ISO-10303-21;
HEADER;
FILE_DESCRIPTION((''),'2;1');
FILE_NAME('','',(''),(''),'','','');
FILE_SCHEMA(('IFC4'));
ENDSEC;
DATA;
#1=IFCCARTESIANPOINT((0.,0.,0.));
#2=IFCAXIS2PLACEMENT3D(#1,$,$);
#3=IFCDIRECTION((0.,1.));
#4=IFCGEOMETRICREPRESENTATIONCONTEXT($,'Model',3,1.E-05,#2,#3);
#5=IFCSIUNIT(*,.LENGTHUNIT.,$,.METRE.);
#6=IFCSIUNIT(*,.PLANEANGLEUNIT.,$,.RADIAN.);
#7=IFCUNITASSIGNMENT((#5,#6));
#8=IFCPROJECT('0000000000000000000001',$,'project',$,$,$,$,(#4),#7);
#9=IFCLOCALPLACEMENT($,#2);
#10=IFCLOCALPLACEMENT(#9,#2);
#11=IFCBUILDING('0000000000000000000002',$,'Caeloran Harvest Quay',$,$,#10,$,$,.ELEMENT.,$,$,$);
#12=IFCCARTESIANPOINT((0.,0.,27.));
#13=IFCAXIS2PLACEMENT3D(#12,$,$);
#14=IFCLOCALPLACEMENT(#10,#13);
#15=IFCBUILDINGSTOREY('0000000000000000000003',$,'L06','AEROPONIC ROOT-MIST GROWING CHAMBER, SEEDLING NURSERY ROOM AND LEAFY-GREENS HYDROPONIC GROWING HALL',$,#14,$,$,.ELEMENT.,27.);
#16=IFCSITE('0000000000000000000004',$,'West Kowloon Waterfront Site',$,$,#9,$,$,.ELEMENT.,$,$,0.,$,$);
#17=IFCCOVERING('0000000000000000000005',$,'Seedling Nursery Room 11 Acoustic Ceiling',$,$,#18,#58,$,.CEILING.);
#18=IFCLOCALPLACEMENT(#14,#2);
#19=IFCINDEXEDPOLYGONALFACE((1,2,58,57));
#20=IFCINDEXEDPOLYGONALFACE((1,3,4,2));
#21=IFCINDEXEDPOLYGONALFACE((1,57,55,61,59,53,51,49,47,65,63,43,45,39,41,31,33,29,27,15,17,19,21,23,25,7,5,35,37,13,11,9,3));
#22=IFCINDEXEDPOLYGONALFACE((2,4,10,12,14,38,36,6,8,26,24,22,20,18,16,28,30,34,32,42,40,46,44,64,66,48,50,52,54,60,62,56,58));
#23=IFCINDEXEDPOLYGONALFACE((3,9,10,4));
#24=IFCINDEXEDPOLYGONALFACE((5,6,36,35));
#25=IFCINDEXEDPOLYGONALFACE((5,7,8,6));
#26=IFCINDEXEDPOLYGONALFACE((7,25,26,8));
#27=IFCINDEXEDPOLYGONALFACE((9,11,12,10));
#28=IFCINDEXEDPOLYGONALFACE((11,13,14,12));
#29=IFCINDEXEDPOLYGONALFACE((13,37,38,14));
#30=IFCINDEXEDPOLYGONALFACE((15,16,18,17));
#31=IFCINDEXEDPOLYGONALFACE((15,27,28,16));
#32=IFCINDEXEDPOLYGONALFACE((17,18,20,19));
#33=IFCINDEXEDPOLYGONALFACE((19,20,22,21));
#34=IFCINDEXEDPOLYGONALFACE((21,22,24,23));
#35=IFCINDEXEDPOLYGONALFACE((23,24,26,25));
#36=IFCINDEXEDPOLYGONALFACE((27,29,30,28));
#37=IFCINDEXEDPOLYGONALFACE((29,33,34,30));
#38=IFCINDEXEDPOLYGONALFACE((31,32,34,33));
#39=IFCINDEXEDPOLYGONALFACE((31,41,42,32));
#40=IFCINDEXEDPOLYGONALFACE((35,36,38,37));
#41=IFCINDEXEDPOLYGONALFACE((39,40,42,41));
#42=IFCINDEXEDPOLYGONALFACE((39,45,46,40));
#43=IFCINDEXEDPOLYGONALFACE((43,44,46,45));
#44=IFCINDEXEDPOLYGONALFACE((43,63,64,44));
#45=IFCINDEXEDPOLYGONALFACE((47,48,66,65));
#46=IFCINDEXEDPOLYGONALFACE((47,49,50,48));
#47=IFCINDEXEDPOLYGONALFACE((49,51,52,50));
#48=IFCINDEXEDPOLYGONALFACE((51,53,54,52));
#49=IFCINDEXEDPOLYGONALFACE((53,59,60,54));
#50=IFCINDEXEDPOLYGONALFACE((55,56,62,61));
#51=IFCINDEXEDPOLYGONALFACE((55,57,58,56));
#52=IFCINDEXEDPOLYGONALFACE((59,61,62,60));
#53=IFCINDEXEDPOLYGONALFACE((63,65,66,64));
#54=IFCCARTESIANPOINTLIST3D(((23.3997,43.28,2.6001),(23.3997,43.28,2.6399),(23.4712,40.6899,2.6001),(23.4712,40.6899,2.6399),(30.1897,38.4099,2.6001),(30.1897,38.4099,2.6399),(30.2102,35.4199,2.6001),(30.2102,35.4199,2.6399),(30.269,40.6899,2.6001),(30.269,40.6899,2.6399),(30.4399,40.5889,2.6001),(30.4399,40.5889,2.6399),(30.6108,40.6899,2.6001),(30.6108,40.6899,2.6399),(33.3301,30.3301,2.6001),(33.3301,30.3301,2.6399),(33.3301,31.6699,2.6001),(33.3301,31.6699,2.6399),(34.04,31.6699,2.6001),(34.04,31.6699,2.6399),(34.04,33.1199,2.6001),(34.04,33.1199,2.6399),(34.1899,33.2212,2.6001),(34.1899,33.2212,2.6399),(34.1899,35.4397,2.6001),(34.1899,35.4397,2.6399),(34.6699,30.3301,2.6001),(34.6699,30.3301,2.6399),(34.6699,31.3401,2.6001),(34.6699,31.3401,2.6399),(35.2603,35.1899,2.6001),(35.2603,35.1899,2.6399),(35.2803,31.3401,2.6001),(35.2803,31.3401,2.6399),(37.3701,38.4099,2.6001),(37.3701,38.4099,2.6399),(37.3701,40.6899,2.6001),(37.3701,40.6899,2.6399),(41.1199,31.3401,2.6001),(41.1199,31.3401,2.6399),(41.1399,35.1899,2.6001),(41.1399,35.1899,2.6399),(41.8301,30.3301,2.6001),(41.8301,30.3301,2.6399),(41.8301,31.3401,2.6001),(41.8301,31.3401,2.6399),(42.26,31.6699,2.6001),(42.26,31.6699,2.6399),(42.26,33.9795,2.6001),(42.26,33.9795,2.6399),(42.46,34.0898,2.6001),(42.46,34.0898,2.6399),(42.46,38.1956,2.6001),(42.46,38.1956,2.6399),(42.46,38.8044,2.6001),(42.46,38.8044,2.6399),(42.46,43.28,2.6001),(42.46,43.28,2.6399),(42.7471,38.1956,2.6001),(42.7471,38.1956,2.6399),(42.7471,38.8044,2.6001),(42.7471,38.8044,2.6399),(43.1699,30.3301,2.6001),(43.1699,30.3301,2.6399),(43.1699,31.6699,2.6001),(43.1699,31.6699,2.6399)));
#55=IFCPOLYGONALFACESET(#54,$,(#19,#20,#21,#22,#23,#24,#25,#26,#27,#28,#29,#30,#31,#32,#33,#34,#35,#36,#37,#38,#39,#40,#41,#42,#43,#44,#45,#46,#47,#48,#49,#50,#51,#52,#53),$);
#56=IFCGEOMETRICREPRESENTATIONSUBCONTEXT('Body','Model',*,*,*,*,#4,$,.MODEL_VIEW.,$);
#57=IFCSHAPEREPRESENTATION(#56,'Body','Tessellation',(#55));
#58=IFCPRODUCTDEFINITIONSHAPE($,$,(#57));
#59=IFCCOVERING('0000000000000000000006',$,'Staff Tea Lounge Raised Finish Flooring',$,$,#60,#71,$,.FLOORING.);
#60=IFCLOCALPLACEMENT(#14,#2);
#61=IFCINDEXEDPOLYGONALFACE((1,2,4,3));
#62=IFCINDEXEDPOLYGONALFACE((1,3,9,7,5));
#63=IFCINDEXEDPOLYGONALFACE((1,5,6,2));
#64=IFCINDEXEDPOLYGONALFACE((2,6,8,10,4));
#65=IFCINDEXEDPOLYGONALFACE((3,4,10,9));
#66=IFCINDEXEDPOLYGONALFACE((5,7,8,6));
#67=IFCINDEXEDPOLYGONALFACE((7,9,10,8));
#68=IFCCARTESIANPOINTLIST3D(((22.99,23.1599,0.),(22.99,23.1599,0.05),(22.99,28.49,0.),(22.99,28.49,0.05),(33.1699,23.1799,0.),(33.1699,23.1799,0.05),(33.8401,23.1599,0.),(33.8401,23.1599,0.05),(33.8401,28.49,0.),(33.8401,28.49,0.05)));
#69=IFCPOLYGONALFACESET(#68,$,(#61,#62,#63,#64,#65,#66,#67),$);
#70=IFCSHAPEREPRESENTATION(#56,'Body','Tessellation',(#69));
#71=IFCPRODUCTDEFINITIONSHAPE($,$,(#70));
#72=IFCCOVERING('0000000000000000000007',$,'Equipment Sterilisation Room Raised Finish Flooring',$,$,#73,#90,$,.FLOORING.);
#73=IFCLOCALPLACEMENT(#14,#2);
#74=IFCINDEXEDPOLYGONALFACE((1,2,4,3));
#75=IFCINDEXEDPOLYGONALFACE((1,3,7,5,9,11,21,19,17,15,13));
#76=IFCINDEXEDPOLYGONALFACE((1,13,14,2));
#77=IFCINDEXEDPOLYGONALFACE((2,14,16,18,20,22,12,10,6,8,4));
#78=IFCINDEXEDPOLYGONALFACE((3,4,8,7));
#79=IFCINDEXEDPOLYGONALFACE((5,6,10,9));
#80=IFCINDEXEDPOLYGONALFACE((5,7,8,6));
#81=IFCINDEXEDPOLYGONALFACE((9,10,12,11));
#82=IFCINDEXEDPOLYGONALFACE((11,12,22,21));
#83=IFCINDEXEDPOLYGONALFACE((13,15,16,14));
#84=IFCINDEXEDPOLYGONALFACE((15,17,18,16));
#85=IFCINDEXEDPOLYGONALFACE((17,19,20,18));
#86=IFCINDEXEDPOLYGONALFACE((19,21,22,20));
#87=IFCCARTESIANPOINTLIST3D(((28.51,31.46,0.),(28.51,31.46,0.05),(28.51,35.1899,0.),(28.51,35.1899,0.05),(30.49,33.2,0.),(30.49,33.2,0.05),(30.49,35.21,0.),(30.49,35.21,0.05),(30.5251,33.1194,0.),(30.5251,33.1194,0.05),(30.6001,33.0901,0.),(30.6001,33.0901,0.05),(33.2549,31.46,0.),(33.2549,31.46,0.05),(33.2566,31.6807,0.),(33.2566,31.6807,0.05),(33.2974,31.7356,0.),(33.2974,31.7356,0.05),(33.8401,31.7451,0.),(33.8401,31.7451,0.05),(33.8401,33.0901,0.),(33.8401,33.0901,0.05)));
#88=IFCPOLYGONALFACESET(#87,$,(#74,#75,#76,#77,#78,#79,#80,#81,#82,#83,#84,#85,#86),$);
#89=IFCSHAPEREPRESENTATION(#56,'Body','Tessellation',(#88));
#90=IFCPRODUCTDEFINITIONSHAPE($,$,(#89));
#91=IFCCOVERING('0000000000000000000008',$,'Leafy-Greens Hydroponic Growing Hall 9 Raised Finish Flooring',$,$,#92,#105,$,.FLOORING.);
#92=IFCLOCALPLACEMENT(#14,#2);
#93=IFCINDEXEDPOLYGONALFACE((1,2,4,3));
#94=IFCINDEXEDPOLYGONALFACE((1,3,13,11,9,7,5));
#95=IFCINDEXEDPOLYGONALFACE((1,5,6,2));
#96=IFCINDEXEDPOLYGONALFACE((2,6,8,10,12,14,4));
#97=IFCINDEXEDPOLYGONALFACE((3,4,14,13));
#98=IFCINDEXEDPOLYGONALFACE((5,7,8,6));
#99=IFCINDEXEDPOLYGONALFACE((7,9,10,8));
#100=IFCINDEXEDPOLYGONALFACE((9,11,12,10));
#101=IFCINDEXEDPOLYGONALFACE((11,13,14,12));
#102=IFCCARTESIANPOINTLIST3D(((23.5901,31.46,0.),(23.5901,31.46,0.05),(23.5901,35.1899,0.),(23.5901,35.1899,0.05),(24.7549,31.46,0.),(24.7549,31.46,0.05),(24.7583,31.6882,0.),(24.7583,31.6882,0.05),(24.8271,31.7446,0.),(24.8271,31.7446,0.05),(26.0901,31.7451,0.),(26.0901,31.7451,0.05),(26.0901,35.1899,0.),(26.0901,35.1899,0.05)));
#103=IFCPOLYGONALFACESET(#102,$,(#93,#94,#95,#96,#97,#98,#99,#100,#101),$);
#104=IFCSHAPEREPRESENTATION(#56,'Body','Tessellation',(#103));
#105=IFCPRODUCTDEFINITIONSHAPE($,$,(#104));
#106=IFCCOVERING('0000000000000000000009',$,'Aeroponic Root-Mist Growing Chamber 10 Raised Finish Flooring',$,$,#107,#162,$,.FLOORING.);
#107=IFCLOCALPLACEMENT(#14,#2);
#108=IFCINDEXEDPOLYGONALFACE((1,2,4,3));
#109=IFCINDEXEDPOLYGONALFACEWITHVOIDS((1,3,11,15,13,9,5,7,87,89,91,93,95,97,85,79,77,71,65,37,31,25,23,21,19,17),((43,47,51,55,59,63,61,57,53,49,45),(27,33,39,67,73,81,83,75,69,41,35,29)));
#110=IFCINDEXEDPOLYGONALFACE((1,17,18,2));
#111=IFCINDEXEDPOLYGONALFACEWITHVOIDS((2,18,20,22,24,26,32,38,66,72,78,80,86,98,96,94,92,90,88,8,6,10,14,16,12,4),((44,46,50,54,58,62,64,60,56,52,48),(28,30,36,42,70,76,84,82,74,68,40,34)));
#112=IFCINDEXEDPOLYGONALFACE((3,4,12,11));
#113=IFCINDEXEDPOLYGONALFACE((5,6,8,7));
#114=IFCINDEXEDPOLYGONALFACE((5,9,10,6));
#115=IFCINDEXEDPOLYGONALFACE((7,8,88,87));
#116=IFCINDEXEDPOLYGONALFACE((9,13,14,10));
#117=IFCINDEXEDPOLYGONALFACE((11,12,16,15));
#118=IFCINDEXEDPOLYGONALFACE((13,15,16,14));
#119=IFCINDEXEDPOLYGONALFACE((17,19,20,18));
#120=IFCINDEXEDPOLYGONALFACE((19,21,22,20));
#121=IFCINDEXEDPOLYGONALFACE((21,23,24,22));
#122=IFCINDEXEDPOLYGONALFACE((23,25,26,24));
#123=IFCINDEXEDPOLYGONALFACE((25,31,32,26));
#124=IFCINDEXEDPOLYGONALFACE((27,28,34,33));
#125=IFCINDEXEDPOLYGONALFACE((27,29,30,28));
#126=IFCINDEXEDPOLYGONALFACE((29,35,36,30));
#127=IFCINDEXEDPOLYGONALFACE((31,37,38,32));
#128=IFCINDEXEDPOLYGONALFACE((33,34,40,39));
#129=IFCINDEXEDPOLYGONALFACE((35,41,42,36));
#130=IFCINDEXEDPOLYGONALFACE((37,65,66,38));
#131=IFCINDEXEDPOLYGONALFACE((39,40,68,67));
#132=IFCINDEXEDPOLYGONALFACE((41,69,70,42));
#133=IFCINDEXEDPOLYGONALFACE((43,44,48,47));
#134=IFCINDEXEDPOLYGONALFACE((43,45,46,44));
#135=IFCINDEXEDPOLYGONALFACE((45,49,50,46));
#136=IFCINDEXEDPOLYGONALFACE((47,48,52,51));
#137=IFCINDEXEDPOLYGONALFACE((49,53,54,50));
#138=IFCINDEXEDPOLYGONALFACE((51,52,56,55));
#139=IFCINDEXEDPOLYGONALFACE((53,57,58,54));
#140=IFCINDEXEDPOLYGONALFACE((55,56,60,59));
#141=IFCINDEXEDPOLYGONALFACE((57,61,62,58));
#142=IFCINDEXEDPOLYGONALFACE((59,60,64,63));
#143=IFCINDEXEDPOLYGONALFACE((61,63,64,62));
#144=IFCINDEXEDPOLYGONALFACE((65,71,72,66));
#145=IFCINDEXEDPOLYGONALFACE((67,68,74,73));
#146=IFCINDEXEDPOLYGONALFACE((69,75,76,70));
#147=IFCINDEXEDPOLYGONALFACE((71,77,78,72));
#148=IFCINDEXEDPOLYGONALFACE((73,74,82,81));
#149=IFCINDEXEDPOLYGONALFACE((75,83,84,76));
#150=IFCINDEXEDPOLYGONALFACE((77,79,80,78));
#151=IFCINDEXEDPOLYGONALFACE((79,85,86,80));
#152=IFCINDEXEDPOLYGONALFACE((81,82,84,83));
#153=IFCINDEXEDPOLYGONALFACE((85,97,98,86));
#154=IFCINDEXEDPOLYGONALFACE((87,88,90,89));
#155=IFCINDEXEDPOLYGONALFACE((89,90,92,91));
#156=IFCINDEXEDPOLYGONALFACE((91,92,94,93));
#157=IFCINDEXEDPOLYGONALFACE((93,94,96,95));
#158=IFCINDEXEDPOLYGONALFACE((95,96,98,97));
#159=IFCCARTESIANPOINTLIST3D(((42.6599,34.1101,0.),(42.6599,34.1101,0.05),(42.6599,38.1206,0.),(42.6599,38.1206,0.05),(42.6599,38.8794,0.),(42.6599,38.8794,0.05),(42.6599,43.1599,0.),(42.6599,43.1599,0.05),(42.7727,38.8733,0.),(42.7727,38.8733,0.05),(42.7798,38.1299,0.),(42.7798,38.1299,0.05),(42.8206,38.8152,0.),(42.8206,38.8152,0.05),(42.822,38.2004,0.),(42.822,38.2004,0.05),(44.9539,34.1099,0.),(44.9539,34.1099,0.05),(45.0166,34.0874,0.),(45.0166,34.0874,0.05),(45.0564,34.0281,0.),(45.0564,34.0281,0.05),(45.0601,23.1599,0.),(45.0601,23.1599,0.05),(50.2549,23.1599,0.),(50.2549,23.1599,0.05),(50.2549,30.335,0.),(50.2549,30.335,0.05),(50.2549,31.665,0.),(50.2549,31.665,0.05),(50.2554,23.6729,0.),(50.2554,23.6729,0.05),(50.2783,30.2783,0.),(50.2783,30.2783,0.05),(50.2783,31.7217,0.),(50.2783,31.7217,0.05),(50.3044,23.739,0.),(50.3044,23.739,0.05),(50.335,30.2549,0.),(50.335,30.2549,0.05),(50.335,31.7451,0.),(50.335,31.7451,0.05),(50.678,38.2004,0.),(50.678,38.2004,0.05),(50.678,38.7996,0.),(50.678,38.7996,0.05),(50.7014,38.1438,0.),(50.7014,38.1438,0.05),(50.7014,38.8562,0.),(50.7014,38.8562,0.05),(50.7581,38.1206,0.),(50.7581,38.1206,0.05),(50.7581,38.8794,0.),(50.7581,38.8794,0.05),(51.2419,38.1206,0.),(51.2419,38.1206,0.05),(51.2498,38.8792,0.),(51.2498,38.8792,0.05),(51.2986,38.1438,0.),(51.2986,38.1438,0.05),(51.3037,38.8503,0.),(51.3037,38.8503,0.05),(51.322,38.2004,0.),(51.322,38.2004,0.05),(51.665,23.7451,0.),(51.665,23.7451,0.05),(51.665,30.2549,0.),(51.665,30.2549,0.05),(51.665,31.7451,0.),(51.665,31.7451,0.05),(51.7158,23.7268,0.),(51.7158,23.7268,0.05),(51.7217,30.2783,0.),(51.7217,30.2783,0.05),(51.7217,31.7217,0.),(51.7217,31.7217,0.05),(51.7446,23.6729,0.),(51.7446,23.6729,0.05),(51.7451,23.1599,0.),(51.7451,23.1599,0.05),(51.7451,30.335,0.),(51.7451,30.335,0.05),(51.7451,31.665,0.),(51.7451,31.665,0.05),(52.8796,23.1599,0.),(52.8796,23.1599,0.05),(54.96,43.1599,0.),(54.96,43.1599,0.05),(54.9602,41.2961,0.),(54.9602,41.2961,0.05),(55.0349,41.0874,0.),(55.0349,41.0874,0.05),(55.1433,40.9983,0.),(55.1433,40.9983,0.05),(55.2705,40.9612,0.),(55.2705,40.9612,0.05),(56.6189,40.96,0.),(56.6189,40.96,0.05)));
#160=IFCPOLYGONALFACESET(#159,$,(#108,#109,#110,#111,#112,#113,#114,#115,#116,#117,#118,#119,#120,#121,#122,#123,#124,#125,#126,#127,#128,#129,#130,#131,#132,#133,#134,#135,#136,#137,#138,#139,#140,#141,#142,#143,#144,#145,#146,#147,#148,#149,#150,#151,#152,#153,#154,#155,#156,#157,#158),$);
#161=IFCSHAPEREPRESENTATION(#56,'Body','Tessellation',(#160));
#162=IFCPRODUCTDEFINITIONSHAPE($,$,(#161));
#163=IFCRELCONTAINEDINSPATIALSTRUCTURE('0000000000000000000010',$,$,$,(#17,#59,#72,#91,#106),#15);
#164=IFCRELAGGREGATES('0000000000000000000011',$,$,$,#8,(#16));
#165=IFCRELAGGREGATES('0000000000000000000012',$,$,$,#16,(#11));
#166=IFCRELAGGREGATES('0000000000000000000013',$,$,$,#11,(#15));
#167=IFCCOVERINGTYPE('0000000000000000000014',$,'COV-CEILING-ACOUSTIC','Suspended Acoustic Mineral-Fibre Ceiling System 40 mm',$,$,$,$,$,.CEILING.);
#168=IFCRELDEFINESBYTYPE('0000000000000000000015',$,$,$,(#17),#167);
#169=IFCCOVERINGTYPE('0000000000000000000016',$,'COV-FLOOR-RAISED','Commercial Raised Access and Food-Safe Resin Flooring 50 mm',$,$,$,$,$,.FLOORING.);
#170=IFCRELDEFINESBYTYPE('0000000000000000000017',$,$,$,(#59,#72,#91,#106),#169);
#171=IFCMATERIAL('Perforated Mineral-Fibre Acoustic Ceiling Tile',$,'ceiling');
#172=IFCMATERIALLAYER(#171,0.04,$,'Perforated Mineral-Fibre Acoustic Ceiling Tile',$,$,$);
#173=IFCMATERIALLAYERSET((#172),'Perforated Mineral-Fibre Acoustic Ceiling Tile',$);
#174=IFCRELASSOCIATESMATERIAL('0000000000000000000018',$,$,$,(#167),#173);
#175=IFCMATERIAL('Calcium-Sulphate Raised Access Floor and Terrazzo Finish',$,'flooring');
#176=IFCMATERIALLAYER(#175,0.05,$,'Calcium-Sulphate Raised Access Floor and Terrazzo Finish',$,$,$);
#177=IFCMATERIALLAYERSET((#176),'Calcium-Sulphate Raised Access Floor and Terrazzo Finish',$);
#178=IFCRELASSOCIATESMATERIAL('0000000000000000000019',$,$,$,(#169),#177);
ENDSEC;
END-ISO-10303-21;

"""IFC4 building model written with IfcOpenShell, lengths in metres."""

from ifc_helpers import new_model, si_unit, direction, frame, origin, place, context, subcontext, project, spatial, polyline, outline, extrude, material, layer, layer_set, type_object, element, save


model = new_model("IFC4")

# Units and contexts
model_context = context("Model", 3, precision=1e-05, world=origin(), true_north=direction((0.0, 1.0)))
body_context = subcontext(model_context, "Body", "Model", "MODEL_VIEW")
ifc_project = project(units=[si_unit("LENGTHUNIT", "METRE"), si_unit("PLANEANGLEUNIT", "RADIAN")], contexts=[model_context])

# Site, building, storey
site_placement = place(None, origin())
site = spatial("IfcSite", under=ifc_project, at=site_placement, Name="West Kowloon Waterfront Site", CompositionType="ELEMENT", RefElevation=0.0)
building_placement = place(site_placement, origin())
building = spatial("IfcBuilding", under=site, at=building_placement, Name="Caeloran Harvest Quay", CompositionType="ELEMENT")
storey_placement = place(building_placement, frame((0.0, 0.0, 27.0)))
storey = spatial("IfcBuildingStorey", under=building, at=storey_placement, Name="L06", Description="AEROPONIC ROOT-MIST GROWING CHAMBER, SEEDLING NURSERY ROOM AND LEAFY-GREENS HYDROPONIC GROWING HALL", CompositionType="ELEMENT", Elevation=27.0)

# Coverings
ifc_material_1 = material(Name="Perforated Mineral-Fibre Acoustic Ceiling Tile", Category="ceiling")
ifc_layer_1 = layer(ifc_material_1, 0.04, Name="Perforated Mineral-Fibre Acoustic Ceiling Tile")
ifc_layer_set_1 = layer_set([ifc_layer_1], Name="Perforated Mineral-Fibre Acoustic Ceiling Tile")
covering_type_1 = type_object("IfcCoveringType", Name="COV-CEILING-ACOUSTIC", Description="Suspended Acoustic Mineral-Fibre Ceiling System 40 mm", PredefinedType="CEILING", material=ifc_layer_set_1)
covering_1_placement = place(storey_placement, frame((0.0, 0.0, 2.6001)))
element("IfcCovering", 1, at=covering_1_placement, inside=storey, type_object=covering_type_1, Name="Seedling Nursery Room 11 Acoustic Ceiling", PredefinedType="CEILING", context=body_context, shape_type="SweptSolid", body=[
    extrude(outline(polyline([(33.3301, 31.6699), (34.04, 31.6699), (34.04, 33.1199), (34.1899, 33.2212), (34.1899, 35.4397), (30.2102, 35.4199), (30.1897, 38.4099), (37.3701, 38.4099), (37.3701, 40.6899), (30.6108, 40.6899), (30.4399, 40.5889), (30.269, 40.6899), (23.4712, 40.6899), (23.3997, 43.28), (42.46, 43.28), (42.46, 38.8044), (42.7471, 38.8044), (42.7471, 38.1956), (42.46, 38.1956), (42.46, 34.0898), (42.26, 33.9795), (42.26, 31.6699), (43.1699, 31.6699), (43.1699, 30.3301), (41.8301, 30.3301), (41.8301, 31.3401), (41.1199, 31.3401), (41.1399, 35.1899), (35.2603, 35.1899), (35.2803, 31.3401), (34.6699, 31.3401), (34.6699, 30.3301), (33.3301, 30.3301), (33.3301, 31.6699)])), origin(), (0.0, 0.0, 1.0), 0.0398),
])
ifc_material_2 = material(Name="Calcium-Sulphate Raised Access Floor and Terrazzo Finish", Category="flooring")
ifc_layer_2 = layer(ifc_material_2, 0.05, Name="Calcium-Sulphate Raised Access Floor and Terrazzo Finish")
ifc_layer_set_2 = layer_set([ifc_layer_2], Name="Calcium-Sulphate Raised Access Floor and Terrazzo Finish")
covering_type_2 = type_object("IfcCoveringType", Name="COV-FLOOR-RAISED", Description="Commercial Raised Access and Food-Safe Resin Flooring 50 mm", PredefinedType="FLOORING", material=ifc_layer_set_2)
covering_2_placement = place(storey_placement, origin())
element("IfcCovering", 2, at=covering_2_placement, inside=storey, type_object=covering_type_2, Name="Staff Tea Lounge Raised Finish Flooring", PredefinedType="FLOORING", context=body_context, shape_type="SweptSolid", body=[
    extrude(outline(polyline([(22.99, 28.49), (33.8401, 28.49), (33.8401, 23.1599), (33.1699, 23.1799), (22.99, 23.1599), (22.99, 28.49)])), origin(), (0.0, 0.0, 1.0), 0.05),
])
covering_3_placement = place(storey_placement, origin())
element("IfcCovering", 3, at=covering_3_placement, inside=storey, type_object=covering_type_2, Name="Equipment Sterilisation Room Raised Finish Flooring", PredefinedType="FLOORING", context=body_context, shape_type="SweptSolid", body=[
    extrude(outline(polyline([(28.51, 35.1899), (30.49, 35.21), (30.49, 33.2), (30.5251, 33.1194), (30.6001, 33.0901), (33.8401, 33.0901), (33.8401, 31.7451), (33.2974, 31.7356), (33.2566, 31.6807), (33.2549, 31.46), (28.51, 31.46), (28.51, 35.1899)])), origin(), (0.0, 0.0, 1.0), 0.05),
])
covering_4_placement = place(storey_placement, origin())
element("IfcCovering", 4, at=covering_4_placement, inside=storey, type_object=covering_type_2, Name="Leafy-Greens Hydroponic Growing Hall 9 Raised Finish Flooring", PredefinedType="FLOORING", context=body_context, shape_type="SweptSolid", body=[
    extrude(outline(polyline([(23.5901, 35.1899), (26.0901, 35.1899), (26.0901, 31.7451), (24.8271, 31.7446), (24.7583, 31.6882), (24.7549, 31.46), (23.5901, 31.46), (23.5901, 35.1899)])), origin(), (0.0, 0.0, 1.0), 0.05),
])
covering_5_placement = place(storey_placement, origin())
element("IfcCovering", 5, at=covering_5_placement, inside=storey, type_object=covering_type_2, Name="Aeroponic Root-Mist Growing Chamber 10 Raised Finish Flooring", PredefinedType="FLOORING", context=body_context, shape_type="SweptSolid", body=[
    extrude(outline(polyline([(45.0564, 34.0281), (45.0166, 34.0874), (44.9539, 34.1099), (42.6599, 34.1101), (42.6599, 38.1206), (42.7798, 38.1299), (42.822, 38.2004), (42.8206, 38.8152), (42.7727, 38.8733), (42.6599, 38.8794), (42.6599, 43.1599), (54.96, 43.1599), (54.9602, 41.2961), (55.0349, 41.0874), (55.1433, 40.9983), (55.2705, 40.9612), (56.6189, 40.96), (52.8796, 23.1599), (51.7451, 23.1599), (51.7446, 23.6729), (51.7158, 23.7268), (51.665, 23.7451), (50.3044, 23.739), (50.2554, 23.6729), (50.2549, 23.1599), (45.0601, 23.1599), (45.0564, 34.0281)]), holes=[polyline([(51.7451, 31.665), (51.7217, 31.7217), (51.665, 31.7451), (50.335, 31.7451), (50.2783, 31.7217), (50.2549, 31.665), (50.2549, 30.335), (50.2783, 30.2783), (50.335, 30.2549), (51.665, 30.2549), (51.7217, 30.2783), (51.7451, 30.335), (51.7451, 31.665)]), polyline([(51.322, 38.2004), (51.3037, 38.8503), (51.2498, 38.8792), (50.7581, 38.8794), (50.7014, 38.8562), (50.678, 38.7996), (50.678, 38.2004), (50.7014, 38.1438), (50.7581, 38.1206), (51.2419, 38.1206), (51.2986, 38.1438), (51.322, 38.2004)])]), origin(), (0.0, 0.0, 1.0), 0.05),
])

save(model, "model.ifc")
